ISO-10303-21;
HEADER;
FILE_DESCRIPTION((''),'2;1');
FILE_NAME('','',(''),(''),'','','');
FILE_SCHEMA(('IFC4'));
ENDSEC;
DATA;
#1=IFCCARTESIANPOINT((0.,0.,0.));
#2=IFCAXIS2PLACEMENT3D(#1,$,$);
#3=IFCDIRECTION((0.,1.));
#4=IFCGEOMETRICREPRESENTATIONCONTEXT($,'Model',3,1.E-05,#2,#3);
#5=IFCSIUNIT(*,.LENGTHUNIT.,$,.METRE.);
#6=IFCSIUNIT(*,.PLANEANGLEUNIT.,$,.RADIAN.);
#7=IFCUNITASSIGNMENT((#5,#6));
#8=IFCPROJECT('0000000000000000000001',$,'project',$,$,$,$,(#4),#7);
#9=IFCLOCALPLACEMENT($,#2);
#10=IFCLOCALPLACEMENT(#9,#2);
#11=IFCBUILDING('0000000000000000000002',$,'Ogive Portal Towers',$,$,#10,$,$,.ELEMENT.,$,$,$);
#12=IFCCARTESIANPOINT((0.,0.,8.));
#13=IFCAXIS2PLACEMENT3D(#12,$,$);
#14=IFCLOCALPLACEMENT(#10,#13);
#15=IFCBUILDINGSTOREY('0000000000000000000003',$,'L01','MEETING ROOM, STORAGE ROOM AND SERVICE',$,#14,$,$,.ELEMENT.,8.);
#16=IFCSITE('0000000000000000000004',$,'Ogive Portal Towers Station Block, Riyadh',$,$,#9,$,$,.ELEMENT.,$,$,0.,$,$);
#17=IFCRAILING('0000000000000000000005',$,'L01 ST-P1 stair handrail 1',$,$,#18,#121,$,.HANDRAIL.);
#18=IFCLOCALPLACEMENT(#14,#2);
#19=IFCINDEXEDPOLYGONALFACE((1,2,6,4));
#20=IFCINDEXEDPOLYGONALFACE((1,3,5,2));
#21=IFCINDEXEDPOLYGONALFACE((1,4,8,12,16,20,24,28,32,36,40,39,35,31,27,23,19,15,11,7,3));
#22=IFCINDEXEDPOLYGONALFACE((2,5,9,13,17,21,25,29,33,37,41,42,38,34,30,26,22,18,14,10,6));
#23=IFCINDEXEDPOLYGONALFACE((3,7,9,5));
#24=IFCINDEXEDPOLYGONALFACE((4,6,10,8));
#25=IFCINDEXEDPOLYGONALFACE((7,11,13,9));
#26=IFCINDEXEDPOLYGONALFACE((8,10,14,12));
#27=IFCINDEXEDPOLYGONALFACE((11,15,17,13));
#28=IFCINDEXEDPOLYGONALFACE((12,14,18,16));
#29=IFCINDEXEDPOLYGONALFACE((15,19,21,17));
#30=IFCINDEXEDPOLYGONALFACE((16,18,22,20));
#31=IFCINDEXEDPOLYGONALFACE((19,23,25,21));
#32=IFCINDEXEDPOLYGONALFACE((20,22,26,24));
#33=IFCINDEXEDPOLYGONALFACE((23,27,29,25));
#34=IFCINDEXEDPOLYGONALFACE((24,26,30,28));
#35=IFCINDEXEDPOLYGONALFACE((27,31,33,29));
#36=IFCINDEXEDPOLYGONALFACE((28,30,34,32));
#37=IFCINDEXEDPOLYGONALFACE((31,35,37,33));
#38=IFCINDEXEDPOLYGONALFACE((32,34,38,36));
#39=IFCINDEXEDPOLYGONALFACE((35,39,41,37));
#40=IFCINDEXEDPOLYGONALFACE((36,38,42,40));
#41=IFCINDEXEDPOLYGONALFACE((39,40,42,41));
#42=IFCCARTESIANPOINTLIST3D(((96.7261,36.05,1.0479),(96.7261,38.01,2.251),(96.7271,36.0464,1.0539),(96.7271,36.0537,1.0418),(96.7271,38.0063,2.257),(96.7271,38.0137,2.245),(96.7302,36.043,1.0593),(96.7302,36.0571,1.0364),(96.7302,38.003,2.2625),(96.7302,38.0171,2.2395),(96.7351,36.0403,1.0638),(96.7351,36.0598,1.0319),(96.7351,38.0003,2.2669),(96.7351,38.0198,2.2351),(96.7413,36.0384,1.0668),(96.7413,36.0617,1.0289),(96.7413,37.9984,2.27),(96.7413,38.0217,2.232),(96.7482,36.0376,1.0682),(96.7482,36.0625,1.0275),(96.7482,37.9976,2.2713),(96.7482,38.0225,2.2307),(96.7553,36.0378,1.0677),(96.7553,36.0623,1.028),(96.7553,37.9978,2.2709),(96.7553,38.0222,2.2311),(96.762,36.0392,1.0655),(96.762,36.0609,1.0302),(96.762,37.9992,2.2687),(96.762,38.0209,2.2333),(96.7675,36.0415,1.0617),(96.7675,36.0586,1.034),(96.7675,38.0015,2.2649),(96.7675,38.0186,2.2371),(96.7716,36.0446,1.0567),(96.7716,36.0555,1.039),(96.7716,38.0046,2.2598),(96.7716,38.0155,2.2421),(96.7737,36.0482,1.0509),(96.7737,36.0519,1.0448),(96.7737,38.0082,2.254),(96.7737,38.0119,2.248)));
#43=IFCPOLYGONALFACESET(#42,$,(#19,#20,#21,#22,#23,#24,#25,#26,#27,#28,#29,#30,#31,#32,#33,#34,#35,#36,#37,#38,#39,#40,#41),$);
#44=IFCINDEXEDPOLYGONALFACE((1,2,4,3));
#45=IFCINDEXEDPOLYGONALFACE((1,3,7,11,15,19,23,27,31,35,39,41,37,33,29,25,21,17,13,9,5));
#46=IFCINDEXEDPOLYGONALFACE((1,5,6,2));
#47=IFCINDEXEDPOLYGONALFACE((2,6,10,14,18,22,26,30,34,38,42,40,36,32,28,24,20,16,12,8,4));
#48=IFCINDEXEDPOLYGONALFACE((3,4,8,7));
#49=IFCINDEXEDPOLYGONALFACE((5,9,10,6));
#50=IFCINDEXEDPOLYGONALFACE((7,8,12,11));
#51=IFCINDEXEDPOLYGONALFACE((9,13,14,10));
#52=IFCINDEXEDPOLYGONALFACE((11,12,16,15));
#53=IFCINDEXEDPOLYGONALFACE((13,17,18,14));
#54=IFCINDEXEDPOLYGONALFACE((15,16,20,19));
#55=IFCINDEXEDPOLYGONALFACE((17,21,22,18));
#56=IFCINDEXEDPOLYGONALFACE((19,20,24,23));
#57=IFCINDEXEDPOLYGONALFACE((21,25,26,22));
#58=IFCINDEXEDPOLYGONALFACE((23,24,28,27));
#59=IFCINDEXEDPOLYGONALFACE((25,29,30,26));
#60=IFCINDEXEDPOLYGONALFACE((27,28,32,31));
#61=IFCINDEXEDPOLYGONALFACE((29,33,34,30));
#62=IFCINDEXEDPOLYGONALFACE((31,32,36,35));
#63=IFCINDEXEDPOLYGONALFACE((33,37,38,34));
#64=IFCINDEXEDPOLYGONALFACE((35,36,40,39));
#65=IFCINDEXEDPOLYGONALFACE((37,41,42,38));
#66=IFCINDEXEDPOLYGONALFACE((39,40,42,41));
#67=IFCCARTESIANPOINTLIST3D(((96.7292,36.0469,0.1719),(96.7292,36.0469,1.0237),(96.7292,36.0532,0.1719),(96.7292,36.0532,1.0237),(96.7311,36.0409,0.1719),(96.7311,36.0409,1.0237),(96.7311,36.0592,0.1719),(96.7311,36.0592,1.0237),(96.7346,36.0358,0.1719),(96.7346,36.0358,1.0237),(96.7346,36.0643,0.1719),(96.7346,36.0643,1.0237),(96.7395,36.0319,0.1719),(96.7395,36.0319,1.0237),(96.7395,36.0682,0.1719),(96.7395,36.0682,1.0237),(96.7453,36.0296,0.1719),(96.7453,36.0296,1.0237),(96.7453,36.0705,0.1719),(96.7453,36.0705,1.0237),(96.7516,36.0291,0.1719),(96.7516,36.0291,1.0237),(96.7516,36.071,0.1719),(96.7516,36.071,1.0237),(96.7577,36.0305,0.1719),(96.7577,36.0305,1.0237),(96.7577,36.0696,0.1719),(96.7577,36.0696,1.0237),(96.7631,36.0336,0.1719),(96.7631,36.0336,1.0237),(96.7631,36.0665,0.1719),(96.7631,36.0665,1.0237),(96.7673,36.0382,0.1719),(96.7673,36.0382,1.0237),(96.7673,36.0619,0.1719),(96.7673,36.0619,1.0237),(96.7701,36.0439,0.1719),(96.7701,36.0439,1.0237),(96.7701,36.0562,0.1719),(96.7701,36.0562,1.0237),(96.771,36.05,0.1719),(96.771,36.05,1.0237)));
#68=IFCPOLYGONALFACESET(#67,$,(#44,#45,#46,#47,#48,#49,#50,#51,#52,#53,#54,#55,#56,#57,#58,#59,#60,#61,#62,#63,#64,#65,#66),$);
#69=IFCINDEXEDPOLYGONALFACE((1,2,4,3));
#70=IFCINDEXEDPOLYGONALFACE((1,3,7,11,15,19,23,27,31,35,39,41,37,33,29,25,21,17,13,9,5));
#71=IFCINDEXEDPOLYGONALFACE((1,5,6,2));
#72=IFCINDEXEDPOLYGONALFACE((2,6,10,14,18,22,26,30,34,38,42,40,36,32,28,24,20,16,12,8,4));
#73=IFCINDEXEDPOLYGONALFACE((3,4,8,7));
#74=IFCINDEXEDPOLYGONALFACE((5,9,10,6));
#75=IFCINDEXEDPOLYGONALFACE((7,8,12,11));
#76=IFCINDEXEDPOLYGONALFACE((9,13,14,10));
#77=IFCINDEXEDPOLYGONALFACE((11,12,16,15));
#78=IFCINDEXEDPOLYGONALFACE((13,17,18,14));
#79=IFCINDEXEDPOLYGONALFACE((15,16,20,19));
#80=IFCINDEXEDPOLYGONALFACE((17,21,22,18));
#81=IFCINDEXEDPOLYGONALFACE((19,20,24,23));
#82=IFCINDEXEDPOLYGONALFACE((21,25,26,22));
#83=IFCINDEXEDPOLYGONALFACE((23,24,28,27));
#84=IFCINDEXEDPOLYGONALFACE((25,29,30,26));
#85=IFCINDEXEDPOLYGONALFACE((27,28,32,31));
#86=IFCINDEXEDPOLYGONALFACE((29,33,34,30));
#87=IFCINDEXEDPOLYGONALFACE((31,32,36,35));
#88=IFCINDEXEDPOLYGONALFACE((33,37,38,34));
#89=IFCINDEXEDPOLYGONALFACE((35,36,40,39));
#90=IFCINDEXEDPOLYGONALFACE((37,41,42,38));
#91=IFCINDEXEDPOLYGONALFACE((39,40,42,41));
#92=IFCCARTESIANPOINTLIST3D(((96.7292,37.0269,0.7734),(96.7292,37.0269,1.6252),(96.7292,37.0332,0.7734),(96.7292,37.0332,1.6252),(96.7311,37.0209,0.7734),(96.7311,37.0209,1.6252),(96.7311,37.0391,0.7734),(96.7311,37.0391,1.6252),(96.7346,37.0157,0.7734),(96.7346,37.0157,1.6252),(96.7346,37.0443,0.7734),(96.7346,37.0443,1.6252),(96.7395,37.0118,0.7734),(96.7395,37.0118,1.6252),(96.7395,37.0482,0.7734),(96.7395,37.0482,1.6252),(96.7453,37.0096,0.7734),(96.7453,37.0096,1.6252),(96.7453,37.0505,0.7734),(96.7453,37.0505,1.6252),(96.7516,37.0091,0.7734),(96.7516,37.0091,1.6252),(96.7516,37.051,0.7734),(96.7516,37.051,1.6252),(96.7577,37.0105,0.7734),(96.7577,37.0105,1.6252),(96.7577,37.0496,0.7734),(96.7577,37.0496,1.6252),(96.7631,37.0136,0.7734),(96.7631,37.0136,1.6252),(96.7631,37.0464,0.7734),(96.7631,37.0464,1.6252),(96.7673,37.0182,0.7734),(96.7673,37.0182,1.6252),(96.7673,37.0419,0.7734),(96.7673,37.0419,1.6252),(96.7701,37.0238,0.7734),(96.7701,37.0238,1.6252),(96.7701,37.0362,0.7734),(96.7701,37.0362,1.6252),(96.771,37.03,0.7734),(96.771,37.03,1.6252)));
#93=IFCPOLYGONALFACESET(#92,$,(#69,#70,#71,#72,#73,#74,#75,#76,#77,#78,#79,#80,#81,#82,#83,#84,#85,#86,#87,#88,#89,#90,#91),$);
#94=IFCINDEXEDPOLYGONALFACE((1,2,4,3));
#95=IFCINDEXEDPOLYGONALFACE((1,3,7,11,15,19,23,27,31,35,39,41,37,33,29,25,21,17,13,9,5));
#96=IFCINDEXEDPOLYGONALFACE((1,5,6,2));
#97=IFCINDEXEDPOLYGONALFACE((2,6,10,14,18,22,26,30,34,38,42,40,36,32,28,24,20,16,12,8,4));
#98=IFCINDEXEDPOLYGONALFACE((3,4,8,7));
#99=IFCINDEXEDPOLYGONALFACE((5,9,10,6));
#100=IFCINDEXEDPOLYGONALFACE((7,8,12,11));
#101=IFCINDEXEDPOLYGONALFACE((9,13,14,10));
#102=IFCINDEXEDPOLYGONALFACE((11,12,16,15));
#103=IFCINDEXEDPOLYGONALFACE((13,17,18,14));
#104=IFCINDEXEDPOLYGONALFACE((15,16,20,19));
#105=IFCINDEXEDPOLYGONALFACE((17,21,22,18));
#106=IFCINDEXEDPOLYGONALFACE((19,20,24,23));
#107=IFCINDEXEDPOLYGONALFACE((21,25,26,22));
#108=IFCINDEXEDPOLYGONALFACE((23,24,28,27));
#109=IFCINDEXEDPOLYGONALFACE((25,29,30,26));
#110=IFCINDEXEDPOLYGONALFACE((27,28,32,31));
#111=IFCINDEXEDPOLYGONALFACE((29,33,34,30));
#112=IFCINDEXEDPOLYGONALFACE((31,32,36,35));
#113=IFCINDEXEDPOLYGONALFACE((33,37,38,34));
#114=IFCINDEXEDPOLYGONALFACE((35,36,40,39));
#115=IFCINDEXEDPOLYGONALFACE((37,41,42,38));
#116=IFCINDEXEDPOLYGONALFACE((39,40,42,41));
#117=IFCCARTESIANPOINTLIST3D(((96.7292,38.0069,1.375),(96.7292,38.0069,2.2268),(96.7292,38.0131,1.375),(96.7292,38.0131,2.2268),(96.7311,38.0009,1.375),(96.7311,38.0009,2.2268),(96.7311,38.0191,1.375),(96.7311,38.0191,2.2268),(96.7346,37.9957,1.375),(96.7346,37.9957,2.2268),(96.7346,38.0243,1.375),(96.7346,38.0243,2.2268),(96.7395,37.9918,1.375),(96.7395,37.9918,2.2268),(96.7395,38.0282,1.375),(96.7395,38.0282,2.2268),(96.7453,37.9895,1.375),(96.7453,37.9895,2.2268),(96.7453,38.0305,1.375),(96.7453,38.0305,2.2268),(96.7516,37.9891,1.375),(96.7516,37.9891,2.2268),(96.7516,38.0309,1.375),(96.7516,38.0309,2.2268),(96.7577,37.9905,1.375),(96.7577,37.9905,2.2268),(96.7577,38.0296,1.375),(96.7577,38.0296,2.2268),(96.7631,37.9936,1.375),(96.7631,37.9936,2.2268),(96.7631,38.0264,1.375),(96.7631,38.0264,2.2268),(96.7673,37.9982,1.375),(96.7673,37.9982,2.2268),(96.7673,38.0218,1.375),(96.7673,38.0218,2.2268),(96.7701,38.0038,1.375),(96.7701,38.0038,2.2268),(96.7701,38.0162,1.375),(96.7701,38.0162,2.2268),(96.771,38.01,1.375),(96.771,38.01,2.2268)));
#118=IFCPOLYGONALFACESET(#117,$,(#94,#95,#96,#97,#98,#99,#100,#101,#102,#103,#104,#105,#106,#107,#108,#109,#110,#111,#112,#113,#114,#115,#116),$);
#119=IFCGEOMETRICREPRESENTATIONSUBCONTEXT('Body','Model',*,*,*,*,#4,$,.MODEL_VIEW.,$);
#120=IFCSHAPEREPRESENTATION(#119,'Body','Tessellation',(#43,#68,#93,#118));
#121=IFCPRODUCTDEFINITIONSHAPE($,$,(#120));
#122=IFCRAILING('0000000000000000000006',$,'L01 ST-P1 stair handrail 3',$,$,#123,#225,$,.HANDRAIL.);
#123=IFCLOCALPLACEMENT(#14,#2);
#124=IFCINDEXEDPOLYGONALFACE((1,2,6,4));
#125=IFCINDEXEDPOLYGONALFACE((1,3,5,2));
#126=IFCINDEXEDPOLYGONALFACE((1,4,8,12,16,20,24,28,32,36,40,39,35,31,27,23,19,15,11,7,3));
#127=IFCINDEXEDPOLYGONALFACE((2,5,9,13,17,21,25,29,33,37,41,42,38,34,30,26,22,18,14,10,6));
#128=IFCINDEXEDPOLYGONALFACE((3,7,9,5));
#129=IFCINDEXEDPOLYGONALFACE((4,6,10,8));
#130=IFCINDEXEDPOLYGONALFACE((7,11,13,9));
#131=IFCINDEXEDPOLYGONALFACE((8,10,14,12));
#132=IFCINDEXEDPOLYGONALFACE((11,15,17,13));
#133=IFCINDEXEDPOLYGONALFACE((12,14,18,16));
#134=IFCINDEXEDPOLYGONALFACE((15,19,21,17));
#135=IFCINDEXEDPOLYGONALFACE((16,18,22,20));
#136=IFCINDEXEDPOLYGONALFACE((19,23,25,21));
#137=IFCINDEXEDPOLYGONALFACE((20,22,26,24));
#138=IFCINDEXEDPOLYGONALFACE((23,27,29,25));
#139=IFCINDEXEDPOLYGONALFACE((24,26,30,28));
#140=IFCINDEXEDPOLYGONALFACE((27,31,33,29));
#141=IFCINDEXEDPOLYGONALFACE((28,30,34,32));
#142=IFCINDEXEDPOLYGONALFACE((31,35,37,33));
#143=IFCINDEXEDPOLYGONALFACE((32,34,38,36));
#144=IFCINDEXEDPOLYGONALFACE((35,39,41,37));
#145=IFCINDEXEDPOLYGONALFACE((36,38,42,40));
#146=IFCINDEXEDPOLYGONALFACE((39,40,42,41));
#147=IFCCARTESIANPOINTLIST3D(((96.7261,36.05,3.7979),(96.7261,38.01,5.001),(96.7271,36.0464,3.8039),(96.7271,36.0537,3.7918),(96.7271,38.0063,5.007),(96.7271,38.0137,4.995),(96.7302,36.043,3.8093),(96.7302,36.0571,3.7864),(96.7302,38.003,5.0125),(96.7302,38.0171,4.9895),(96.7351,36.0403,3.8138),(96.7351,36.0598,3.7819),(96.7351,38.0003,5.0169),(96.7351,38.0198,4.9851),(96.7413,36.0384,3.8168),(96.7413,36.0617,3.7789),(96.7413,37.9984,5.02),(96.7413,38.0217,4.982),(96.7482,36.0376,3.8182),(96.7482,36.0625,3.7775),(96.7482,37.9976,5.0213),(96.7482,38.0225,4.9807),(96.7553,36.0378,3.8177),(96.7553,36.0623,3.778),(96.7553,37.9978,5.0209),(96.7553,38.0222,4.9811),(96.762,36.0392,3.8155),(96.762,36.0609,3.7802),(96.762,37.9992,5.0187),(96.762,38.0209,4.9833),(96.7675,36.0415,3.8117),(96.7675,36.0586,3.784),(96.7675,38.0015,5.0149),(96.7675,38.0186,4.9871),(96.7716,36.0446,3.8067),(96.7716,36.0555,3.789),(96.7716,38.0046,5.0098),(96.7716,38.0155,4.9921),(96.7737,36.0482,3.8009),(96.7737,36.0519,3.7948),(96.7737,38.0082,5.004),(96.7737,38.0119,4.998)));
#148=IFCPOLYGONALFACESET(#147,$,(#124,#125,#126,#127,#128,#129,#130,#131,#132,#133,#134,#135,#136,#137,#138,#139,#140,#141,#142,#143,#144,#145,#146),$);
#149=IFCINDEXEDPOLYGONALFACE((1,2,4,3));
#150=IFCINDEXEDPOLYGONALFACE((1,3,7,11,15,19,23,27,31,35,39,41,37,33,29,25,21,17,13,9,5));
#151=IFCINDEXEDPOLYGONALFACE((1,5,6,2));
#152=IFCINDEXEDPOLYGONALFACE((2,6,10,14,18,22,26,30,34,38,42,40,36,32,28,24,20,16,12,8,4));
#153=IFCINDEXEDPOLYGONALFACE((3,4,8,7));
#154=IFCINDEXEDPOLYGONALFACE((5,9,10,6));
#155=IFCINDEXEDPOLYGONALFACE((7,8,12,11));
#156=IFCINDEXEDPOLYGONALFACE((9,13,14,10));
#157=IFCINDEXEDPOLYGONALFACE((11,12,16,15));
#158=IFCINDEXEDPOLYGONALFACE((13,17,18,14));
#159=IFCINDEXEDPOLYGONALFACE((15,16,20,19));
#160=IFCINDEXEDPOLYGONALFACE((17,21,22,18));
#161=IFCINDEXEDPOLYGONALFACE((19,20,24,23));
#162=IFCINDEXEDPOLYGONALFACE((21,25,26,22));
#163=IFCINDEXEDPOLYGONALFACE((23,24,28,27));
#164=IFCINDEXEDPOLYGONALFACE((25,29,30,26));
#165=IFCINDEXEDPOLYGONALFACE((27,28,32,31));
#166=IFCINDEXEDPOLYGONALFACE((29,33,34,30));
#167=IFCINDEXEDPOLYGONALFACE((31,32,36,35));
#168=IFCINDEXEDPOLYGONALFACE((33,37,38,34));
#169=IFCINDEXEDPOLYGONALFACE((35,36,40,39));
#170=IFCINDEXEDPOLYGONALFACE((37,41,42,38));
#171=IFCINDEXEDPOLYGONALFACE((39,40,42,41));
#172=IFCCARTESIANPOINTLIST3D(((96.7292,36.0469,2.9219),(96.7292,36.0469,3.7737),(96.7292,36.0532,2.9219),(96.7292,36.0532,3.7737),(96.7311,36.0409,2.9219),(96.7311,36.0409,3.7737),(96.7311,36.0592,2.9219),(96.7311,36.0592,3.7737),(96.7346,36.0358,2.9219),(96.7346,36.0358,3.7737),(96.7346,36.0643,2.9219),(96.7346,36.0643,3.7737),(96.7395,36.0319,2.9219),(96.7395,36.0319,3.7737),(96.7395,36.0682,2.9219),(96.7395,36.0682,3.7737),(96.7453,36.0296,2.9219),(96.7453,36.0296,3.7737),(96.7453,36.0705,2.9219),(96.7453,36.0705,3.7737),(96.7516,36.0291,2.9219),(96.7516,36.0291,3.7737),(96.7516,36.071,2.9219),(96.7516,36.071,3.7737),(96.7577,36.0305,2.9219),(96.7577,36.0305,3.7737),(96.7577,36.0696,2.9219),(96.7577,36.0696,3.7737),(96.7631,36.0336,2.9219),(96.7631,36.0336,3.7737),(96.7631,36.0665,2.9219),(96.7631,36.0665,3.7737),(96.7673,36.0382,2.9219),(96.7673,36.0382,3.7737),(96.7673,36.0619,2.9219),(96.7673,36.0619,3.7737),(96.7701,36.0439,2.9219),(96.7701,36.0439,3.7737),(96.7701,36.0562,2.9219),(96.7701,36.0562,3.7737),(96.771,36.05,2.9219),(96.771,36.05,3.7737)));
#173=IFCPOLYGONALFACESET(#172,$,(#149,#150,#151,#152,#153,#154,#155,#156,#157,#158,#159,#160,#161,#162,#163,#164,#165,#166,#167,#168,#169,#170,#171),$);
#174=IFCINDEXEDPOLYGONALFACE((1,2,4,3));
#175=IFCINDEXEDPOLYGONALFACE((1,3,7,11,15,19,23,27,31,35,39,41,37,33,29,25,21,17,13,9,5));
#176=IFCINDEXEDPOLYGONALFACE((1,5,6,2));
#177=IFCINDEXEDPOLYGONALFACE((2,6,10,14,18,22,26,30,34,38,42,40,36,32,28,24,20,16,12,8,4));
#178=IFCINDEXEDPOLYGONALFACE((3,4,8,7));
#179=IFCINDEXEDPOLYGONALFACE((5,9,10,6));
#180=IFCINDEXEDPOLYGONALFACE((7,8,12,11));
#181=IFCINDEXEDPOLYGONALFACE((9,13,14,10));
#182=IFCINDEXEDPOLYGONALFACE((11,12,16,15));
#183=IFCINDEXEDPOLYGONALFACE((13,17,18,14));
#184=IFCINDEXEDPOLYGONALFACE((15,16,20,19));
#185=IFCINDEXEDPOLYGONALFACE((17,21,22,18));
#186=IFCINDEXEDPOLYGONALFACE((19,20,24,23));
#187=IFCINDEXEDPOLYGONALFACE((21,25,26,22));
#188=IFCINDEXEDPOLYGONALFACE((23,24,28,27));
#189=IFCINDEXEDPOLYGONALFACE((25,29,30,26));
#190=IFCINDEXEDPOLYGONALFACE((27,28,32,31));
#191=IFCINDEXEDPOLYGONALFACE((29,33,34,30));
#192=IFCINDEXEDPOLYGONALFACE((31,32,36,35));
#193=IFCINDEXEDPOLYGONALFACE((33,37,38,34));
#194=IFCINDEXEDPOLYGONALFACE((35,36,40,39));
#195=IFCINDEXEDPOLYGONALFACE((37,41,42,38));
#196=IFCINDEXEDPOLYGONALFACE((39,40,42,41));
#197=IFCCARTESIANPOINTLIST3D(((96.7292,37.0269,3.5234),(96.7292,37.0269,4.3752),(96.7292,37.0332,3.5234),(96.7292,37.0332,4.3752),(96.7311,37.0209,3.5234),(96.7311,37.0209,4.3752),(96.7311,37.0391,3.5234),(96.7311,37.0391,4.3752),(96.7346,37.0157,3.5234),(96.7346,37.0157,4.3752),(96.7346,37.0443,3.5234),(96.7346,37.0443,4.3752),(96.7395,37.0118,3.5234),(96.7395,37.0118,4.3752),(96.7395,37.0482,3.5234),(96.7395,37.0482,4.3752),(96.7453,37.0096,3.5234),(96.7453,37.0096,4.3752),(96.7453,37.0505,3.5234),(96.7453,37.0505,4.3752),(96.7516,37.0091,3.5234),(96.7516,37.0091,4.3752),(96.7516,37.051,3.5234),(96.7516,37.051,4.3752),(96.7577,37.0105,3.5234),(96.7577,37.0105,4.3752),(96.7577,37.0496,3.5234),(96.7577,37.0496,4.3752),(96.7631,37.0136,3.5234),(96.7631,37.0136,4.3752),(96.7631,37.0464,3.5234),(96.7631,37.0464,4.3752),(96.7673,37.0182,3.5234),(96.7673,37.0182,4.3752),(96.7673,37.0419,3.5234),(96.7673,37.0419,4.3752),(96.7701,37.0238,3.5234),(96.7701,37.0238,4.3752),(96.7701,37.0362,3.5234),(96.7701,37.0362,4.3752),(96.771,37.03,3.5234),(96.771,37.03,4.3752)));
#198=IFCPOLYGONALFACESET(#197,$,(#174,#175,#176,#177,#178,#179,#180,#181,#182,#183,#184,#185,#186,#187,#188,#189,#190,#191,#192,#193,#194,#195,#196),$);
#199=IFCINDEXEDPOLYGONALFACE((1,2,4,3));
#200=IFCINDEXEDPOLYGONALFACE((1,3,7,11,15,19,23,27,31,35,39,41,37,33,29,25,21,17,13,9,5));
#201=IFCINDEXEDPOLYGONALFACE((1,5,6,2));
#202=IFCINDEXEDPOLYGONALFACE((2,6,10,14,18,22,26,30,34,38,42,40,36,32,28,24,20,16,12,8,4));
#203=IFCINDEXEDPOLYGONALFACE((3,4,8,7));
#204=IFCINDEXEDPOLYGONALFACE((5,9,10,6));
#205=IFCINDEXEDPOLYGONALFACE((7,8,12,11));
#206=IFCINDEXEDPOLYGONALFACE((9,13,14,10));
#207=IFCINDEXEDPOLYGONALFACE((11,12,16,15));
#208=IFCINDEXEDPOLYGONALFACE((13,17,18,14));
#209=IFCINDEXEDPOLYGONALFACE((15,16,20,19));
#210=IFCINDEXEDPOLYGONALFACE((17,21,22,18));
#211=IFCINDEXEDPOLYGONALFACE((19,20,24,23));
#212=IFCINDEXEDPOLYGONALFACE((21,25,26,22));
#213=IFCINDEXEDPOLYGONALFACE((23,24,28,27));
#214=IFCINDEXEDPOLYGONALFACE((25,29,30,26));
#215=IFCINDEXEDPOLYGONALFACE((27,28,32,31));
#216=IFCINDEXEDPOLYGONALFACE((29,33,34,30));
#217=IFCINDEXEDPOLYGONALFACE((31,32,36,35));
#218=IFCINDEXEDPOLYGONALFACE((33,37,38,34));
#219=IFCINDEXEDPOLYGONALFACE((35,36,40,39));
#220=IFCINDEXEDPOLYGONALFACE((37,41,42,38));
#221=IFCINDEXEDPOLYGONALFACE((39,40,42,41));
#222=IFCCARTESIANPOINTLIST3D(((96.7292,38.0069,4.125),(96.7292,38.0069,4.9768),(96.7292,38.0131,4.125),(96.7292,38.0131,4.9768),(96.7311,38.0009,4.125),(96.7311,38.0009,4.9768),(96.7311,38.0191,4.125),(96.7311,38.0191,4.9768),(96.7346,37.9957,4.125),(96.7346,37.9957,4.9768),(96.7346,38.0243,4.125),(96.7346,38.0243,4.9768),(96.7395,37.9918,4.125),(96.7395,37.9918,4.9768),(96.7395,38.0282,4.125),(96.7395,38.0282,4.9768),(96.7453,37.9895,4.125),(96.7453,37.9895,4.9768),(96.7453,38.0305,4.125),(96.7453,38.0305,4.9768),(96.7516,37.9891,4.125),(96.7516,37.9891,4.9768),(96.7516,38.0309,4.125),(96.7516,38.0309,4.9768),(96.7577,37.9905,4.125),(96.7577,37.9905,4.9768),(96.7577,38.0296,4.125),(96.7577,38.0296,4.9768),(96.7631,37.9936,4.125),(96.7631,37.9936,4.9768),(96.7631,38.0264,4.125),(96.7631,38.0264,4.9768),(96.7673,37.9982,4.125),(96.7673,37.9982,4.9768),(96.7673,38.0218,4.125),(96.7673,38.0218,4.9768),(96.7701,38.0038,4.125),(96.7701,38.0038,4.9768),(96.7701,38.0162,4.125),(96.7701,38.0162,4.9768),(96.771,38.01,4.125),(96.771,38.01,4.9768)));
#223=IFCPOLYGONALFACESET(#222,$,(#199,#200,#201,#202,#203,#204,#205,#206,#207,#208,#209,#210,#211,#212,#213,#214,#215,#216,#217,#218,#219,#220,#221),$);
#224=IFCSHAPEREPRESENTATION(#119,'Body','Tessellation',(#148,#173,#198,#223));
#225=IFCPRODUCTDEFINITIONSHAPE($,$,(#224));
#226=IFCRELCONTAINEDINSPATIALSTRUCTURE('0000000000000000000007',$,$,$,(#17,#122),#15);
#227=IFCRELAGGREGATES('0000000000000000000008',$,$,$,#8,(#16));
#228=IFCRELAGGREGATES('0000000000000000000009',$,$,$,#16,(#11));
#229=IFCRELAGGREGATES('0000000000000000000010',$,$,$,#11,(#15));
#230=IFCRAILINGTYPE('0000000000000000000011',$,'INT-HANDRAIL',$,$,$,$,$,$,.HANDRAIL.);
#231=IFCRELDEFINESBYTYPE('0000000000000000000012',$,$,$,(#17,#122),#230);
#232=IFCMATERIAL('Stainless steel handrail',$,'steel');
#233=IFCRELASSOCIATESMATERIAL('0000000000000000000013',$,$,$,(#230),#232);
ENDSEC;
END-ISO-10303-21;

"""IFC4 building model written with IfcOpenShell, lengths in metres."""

from ifc_helpers import new_model, si_unit, direction, frame, origin, origin_2d, place, context, subcontext, project, spatial, circle, extrude, material, type_object, element, save


model = new_model("IFC4")

# Units and contexts
model_context = context("Model", 3, precision=1e-05, world=origin(), true_north=direction((0.0, 1.0)))
body_context = subcontext(model_context, "Body", "Model", "MODEL_VIEW")
ifc_project = project(units=[si_unit("LENGTHUNIT", "METRE"), si_unit("PLANEANGLEUNIT", "RADIAN")], contexts=[model_context])

# Site, building, storey
site_placement = place(None, origin())
site = spatial("IfcSite", under=ifc_project, at=site_placement, Name="Ogive Portal Towers Station Block, Riyadh", CompositionType="ELEMENT", RefElevation=0.0)
building_placement = place(site_placement, origin())
building = spatial("IfcBuilding", under=site, at=building_placement, Name="Ogive Portal Towers", CompositionType="ELEMENT")
storey_placement = place(building_placement, frame((0.0, 0.0, 8.0)))
storey = spatial("IfcBuildingStorey", under=building, at=storey_placement, Name="L01", Description="MEETING ROOM, STORAGE ROOM AND SERVICE", CompositionType="ELEMENT", Elevation=8.0)

# Railings
ifc_material_1 = material(Name="Stainless steel handrail", Category="steel")
railing_type_1 = type_object("IfcRailingType", Name="INT-HANDRAIL", PredefinedType="HANDRAIL", material=ifc_material_1)
for number, where, name in (
    (1, (96.75, 36.05, 0.1719), "L01 ST-P1 stair handrail 1"),
    (2, (96.75, 36.05, 2.9219), "L01 ST-P1 stair handrail 3"),
):
    element("IfcRailing", number, at=place(storey_placement, frame(where)), inside=storey, type_object=railing_type_1, Name=name, PredefinedType="HANDRAIL", context=body_context, shape_type="SweptSolid", body=[
        extrude(circle(Radius=0.0239, at=origin_2d()), frame((0.0, 0.0, 0.876), z_axis=(0.0, 0.852241, 0.523149), x_axis=(-1.0, 0.0, 0.0)), (0.0, 0.0, 1.0), 2.2998),
        extrude(circle(Radius=0.021, at=origin_2d()), origin(), (0.0, 0.0, 1.0), 0.8518),
        extrude(circle(Radius=0.021, at=origin_2d()), frame((0.0, 0.98, 0.6016)), (0.0, 0.0, 1.0), 0.8518),
        extrude(circle(Radius=0.021, at=origin_2d()), frame((0.0, 1.96, 1.2031)), (0.0, 0.0, 1.0), 0.8518),
    ])

save(model, "model.ifc")
